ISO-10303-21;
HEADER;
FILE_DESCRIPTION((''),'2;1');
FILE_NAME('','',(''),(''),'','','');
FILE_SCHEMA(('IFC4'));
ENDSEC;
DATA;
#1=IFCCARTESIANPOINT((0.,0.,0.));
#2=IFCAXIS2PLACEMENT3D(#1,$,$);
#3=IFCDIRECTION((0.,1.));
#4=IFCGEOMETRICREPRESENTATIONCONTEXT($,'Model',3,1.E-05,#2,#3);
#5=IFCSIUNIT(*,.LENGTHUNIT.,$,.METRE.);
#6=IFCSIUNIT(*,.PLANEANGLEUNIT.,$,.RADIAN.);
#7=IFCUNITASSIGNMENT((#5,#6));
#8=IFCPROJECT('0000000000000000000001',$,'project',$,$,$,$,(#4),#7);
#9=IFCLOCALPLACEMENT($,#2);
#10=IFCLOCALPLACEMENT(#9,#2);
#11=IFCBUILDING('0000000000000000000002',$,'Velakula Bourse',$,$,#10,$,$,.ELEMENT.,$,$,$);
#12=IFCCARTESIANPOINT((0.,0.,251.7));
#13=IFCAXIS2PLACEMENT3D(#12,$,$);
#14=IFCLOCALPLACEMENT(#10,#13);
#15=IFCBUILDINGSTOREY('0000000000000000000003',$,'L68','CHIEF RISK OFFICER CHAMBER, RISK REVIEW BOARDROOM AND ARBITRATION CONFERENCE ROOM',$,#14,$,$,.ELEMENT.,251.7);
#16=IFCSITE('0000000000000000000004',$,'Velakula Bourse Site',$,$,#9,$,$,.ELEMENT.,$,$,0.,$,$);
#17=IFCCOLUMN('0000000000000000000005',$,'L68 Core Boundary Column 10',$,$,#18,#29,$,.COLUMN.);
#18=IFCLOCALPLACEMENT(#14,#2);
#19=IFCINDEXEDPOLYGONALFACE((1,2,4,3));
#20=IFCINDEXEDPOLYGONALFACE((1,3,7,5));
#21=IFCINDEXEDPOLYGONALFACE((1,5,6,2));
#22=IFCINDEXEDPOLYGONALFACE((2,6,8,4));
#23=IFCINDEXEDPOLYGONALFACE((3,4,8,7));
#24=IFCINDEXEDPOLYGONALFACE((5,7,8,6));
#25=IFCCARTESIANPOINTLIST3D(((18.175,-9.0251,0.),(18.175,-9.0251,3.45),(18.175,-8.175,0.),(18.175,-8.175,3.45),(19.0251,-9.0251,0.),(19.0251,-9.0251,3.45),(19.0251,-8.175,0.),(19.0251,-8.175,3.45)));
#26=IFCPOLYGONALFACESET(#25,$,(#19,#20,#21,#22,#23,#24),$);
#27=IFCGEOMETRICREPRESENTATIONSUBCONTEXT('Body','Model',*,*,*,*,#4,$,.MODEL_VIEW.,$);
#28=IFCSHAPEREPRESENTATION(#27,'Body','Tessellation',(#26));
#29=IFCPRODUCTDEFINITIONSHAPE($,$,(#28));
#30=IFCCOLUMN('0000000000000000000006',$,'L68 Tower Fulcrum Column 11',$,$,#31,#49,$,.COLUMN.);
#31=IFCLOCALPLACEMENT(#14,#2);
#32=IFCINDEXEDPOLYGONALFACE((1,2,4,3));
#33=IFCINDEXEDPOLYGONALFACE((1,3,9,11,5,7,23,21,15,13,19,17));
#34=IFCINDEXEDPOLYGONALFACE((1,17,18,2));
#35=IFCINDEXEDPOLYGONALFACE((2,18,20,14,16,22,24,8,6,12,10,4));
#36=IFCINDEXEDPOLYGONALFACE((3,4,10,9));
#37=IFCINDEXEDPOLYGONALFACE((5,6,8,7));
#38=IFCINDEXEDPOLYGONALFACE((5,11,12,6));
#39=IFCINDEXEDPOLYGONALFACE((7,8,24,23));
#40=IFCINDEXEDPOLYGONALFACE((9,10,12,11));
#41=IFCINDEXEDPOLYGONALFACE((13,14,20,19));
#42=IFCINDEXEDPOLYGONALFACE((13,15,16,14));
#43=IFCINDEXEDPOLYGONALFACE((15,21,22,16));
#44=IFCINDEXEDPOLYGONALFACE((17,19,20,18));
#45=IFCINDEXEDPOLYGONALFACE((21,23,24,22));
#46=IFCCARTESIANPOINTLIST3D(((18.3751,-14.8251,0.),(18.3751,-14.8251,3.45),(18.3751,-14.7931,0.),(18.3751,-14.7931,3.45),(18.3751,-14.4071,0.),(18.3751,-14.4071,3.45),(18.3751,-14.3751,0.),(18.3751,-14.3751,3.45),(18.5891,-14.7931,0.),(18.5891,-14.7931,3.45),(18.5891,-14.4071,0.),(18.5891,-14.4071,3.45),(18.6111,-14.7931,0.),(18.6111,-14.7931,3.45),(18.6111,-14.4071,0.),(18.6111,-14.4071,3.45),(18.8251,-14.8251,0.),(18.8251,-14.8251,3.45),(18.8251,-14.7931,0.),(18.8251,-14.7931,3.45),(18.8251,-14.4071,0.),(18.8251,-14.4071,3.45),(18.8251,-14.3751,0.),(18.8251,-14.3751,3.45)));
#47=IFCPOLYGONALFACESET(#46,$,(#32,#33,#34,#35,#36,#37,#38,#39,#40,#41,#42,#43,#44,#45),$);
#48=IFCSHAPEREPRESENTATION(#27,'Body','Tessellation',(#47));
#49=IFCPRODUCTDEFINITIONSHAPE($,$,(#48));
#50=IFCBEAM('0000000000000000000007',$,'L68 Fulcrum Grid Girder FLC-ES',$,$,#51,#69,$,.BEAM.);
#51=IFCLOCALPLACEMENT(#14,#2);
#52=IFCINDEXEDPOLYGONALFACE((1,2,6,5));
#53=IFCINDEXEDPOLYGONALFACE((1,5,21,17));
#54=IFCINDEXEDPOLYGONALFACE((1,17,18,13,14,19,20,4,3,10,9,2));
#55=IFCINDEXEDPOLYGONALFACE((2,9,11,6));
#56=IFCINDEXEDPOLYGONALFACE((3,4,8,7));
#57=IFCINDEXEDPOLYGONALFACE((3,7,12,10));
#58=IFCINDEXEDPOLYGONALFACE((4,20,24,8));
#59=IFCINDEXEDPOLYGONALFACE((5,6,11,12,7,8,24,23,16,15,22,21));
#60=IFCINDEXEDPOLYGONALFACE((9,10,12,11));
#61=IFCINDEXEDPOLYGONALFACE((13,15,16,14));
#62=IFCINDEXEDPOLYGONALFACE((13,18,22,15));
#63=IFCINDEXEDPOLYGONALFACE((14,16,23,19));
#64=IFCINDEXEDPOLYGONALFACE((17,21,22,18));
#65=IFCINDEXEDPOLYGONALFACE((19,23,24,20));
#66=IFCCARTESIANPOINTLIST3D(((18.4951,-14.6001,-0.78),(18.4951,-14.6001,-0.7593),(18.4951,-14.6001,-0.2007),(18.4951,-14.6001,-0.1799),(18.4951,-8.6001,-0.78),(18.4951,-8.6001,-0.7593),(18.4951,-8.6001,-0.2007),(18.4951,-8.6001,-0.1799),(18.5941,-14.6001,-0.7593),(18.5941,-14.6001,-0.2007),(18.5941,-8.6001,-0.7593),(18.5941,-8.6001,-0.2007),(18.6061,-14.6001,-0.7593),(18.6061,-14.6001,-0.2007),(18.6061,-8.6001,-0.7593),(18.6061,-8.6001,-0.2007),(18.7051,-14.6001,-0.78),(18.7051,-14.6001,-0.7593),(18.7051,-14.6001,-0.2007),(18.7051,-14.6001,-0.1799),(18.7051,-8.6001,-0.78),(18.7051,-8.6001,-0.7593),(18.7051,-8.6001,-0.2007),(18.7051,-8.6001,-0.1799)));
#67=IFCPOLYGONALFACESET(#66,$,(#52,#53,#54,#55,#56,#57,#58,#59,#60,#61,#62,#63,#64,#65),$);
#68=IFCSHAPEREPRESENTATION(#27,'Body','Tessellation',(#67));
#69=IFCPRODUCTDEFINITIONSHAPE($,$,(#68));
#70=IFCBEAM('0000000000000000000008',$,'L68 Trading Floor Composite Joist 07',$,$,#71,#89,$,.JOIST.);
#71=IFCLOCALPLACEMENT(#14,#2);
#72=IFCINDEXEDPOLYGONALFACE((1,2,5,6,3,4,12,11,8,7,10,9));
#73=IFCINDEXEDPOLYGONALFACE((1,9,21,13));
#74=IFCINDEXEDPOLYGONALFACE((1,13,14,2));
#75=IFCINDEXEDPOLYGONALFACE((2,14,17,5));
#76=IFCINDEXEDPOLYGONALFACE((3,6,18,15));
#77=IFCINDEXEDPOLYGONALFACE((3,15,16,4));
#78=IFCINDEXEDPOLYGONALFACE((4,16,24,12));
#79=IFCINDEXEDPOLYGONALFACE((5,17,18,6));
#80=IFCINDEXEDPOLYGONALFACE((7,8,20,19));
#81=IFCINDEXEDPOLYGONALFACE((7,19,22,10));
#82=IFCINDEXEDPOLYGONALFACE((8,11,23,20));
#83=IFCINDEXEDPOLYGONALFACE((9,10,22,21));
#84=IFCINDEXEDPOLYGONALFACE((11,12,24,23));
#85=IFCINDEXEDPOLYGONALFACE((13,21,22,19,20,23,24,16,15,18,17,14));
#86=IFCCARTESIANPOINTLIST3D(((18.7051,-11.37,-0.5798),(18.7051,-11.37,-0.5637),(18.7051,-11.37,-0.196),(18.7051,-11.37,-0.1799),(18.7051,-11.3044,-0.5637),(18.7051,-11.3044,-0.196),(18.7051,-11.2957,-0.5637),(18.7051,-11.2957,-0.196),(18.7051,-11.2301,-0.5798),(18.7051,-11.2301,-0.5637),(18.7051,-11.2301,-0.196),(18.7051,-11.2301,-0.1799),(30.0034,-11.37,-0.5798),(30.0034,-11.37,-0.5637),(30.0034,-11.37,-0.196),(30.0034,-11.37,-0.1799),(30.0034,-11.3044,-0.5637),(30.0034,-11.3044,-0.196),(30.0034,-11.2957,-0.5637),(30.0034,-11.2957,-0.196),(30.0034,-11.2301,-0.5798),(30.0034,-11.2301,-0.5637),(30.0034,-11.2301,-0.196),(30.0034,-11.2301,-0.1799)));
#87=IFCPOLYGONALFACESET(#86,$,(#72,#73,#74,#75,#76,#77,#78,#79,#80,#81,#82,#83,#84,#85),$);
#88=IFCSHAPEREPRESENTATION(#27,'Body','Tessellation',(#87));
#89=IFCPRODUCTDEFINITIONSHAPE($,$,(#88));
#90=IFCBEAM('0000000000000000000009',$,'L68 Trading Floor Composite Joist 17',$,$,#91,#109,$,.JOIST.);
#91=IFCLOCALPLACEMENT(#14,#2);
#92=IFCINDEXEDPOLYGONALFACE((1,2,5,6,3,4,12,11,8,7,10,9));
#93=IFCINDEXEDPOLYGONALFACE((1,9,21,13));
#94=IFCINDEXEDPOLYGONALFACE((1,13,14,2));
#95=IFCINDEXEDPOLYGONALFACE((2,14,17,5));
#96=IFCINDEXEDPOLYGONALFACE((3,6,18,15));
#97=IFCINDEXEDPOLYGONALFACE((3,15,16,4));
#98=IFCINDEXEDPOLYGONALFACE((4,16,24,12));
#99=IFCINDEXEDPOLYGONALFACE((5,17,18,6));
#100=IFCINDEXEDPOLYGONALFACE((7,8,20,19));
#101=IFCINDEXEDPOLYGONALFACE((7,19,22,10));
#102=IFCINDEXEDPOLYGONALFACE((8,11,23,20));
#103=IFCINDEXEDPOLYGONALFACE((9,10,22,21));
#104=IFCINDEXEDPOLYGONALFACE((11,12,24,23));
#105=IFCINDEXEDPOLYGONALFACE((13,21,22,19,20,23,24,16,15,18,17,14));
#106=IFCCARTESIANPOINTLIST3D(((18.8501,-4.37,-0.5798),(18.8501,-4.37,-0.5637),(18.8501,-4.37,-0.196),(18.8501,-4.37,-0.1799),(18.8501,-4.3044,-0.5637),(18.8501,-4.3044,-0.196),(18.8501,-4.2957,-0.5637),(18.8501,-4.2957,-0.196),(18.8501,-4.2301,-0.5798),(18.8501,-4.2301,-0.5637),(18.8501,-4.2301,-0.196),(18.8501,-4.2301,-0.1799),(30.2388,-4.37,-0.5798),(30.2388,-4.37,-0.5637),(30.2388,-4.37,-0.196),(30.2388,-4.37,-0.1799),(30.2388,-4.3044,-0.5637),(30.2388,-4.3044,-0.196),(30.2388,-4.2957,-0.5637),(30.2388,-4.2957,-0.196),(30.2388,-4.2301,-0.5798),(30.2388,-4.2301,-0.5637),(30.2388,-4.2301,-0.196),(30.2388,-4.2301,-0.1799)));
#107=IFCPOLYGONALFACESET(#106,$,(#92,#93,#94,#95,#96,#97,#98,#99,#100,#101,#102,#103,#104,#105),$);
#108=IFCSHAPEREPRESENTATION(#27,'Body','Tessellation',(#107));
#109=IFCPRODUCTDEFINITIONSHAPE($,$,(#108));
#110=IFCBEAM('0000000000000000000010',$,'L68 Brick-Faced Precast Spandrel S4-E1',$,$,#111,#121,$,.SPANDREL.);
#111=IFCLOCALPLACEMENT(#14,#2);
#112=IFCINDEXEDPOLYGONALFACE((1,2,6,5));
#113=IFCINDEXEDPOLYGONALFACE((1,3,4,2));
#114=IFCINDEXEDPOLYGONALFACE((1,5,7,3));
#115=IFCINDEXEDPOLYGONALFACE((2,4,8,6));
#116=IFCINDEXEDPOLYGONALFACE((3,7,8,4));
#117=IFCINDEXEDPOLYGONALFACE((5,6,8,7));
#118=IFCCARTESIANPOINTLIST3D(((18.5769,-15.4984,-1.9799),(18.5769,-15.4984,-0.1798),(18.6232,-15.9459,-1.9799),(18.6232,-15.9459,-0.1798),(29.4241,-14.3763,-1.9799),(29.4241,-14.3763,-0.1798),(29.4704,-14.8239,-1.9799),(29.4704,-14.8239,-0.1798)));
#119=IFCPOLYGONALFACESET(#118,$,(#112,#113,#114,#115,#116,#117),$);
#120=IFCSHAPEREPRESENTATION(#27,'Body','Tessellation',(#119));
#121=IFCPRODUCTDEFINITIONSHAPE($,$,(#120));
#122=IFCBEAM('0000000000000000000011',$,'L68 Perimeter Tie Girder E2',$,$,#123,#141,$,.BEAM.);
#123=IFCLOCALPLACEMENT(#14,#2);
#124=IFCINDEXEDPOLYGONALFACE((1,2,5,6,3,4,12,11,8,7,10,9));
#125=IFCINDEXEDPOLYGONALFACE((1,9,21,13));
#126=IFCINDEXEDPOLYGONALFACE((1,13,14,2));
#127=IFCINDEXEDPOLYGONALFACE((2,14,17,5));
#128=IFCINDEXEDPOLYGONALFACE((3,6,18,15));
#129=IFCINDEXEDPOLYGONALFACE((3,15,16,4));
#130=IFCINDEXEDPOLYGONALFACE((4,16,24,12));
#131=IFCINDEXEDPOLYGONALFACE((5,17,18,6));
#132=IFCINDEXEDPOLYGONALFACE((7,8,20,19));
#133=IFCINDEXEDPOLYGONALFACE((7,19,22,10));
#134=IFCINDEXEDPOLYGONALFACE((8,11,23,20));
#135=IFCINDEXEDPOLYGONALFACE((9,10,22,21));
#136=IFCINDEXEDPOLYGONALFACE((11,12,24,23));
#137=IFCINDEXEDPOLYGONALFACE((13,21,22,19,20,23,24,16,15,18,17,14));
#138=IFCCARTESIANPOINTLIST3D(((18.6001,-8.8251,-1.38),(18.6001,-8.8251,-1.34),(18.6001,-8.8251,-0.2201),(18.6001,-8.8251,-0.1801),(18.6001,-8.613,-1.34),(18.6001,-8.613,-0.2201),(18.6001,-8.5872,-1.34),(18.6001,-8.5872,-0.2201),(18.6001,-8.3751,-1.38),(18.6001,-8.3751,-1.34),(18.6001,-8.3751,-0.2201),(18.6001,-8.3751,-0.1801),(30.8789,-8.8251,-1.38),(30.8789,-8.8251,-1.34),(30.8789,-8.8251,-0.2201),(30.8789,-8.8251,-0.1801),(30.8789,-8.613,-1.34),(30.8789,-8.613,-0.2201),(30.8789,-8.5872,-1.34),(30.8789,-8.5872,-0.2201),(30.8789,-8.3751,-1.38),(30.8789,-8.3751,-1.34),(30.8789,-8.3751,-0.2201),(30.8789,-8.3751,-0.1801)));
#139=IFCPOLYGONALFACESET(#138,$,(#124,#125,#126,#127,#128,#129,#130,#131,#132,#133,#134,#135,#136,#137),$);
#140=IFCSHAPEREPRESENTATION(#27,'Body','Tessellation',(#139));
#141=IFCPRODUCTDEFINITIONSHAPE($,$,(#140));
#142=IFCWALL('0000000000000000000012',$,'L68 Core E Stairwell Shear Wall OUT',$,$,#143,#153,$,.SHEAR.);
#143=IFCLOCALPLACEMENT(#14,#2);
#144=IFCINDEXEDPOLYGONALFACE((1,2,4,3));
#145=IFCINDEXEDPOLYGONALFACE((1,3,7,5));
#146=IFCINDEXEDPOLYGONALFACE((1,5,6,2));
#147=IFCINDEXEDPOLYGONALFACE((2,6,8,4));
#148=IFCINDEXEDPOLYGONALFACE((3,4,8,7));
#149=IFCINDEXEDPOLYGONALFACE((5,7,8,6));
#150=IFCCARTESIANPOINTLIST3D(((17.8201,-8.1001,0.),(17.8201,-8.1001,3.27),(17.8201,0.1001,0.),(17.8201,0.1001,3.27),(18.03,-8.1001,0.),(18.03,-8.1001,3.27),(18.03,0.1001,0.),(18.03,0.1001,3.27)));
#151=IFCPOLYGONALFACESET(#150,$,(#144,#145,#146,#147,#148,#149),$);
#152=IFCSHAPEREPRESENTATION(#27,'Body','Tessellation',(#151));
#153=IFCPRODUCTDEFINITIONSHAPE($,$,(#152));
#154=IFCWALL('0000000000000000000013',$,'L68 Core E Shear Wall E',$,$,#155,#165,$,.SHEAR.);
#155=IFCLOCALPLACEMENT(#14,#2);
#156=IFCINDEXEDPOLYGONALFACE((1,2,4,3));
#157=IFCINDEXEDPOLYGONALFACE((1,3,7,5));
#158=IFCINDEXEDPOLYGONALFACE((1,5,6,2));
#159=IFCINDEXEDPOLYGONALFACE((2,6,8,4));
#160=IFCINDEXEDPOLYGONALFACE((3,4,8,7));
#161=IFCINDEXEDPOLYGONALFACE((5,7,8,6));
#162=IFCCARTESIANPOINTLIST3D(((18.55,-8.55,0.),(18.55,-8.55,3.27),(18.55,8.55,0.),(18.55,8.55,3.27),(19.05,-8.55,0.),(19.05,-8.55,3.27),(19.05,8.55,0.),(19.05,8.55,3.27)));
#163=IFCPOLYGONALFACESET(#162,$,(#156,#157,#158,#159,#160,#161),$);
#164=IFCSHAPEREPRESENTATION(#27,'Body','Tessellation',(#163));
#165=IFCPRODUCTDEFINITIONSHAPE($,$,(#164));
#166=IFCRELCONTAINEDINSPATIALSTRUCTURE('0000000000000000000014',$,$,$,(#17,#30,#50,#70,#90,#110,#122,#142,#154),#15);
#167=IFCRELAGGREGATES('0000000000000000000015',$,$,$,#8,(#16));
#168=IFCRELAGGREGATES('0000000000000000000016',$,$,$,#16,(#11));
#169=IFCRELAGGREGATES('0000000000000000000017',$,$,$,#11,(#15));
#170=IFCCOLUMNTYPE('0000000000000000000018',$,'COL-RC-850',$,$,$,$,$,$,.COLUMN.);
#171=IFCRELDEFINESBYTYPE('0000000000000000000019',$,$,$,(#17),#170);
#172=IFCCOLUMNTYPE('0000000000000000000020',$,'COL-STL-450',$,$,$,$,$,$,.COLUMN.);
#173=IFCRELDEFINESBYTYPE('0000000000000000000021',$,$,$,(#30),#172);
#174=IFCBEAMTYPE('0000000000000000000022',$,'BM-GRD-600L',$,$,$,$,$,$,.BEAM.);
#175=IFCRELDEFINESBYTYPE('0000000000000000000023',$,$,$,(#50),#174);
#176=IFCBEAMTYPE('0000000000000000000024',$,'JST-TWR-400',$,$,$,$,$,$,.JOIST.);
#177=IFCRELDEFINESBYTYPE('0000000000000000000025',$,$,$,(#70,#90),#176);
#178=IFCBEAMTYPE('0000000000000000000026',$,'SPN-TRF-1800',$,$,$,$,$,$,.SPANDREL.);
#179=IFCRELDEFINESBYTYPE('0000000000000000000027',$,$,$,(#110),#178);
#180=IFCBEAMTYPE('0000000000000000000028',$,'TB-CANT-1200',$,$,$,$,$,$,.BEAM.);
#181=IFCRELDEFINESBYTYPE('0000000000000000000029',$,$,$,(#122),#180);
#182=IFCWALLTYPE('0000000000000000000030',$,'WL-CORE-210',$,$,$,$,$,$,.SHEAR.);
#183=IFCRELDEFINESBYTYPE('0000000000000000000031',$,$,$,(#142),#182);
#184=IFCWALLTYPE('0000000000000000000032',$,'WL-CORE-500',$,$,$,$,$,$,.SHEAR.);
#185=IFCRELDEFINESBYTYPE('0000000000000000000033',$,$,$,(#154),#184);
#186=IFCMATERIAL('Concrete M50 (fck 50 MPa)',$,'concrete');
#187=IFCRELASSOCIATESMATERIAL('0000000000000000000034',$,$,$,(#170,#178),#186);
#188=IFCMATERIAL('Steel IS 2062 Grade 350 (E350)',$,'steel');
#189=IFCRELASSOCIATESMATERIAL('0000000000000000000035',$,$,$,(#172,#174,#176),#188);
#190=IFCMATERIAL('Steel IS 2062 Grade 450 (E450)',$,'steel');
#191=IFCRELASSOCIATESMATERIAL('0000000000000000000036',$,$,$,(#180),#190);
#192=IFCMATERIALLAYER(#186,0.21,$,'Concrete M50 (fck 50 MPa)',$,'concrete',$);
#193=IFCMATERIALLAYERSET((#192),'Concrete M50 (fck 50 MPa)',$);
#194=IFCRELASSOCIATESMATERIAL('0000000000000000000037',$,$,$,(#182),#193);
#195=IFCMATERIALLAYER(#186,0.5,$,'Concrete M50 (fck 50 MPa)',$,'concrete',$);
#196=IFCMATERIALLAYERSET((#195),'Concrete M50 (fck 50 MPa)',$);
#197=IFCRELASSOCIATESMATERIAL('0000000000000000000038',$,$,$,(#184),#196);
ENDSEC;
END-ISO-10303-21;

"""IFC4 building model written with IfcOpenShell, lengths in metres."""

from ifc_helpers import new_model, si_unit, direction, frame, frame_2d, origin, origin_2d, place, context, subcontext, project, spatial, rectangle, i_section, extrude, material, layer, layer_set, material_profile, profile_set, type_object, element, save


model = new_model("IFC4")

# Units and contexts
model_context = context("Model", 3, precision=1e-05, world=origin(), true_north=direction((0.0, 1.0)))
body_context = subcontext(model_context, "Body", "Model", "MODEL_VIEW")
ifc_project = project(units=[si_unit("LENGTHUNIT", "METRE"), si_unit("PLANEANGLEUNIT", "RADIAN")], contexts=[model_context])

# Site, building, storey
site_placement = place(None, origin())
site = spatial("IfcSite", under=ifc_project, at=site_placement, Name="Velakula Bourse Site", CompositionType="ELEMENT", RefElevation=0.0)
building_placement = place(site_placement, origin())
building = spatial("IfcBuilding", under=site, at=building_placement, Name="Velakula Bourse", CompositionType="ELEMENT")
storey_placement = place(building_placement, frame((0.0, 0.0, 251.7)))
storey = spatial("IfcBuildingStorey", under=building, at=storey_placement, Name="L68", Description="CHIEF RISK OFFICER CHAMBER, RISK REVIEW BOARDROOM AND ARBITRATION CONFERENCE ROOM", CompositionType="ELEMENT", Elevation=251.7)

# Columns
ifc_material_1 = material(Name="Concrete M50 (fck 50 MPa)", Category="concrete")
ifc_material_profile_1 = material_profile(ifc_material_1, rectangle(XDim=0.8501, YDim=0.8501, at=origin_2d()), Name="Concrete M50 (fck 50 MPa)")
ifc_profile_set_1 = profile_set([ifc_material_profile_1], Name="Concrete M50 (fck 50 MPa)")
column_type_1 = type_object("IfcColumnType", Name="COL-RC-850", PredefinedType="COLUMN", material=ifc_profile_set_1)
column_1_placement = place(storey_placement, frame((18.6001, -8.6001, 0.0), z_axis=(0.0, 0.0, 1.0), x_axis=(1.0, 0.0, 0.0)))
element("IfcColumn", 1, at=column_1_placement, inside=storey, type_object=column_type_1, Name="L68 Core Boundary Column 10", PredefinedType="COLUMN", context=body_context, shape_type="SweptSolid", body=[
    extrude(rectangle(XDim=0.8501, YDim=0.8501, at=origin_2d()), origin(), (0.0, 0.0, 1.0), 3.45),
])
ifc_material_2 = material(Name="Steel IS 2062 Grade 350 (E350)", Category="steel")
ifc_material_profile_2 = material_profile(ifc_material_2, i_section(OverallWidth=0.45, OverallDepth=0.45, WebThickness=0.022, FlangeThickness=0.032, at=origin_2d()), Name="Steel IS 2062 Grade 350 (E350)")
ifc_profile_set_2 = profile_set([ifc_material_profile_2], Name="Steel IS 2062 Grade 350 (E350)")
column_type_2 = type_object("IfcColumnType", Name="COL-STL-450", PredefinedType="COLUMN", material=ifc_profile_set_2)
column_2_placement = place(storey_placement, frame((18.6001, -14.6001, 0.0), z_axis=(0.0, 0.0, 1.0), x_axis=(1.0, 0.0, 0.0)))
element("IfcColumn", 2, at=column_2_placement, inside=storey, type_object=column_type_2, Name="L68 Tower Fulcrum Column 11", PredefinedType="COLUMN", context=body_context, shape_type="SweptSolid", body=[
    extrude(i_section(OverallWidth=0.45, OverallDepth=0.45, WebThickness=0.022, FlangeThickness=0.032, at=origin_2d()), origin(), (0.0, 0.0, 1.0), 3.45),
])

# Beams
ifc_material_profile_3 = material_profile(ifc_material_2, i_section(OverallWidth=0.21, OverallDepth=0.6001, WebThickness=0.012, FlangeThickness=0.0208, at=origin_2d()), Name="Steel IS 2062 Grade 350 (E350)")
ifc_profile_set_3 = profile_set([ifc_material_profile_3], Name="Steel IS 2062 Grade 350 (E350)")
beam_type_1 = type_object("IfcBeamType", Name="BM-GRD-600L", PredefinedType="BEAM", material=ifc_profile_set_3)
beam_1_placement = place(storey_placement, frame((18.6001, -14.6001, -0.48), z_axis=(0.0, 1.0, 0.0), x_axis=(-1.0, 0.0, 0.0)))
element("IfcBeam", 3, at=beam_1_placement, inside=storey, type_object=beam_type_1, Name="L68 Fulcrum Grid Girder FLC-ES", PredefinedType="BEAM", context=body_context, shape_type="SweptSolid", body=[
    extrude(i_section(OverallWidth=0.21, OverallDepth=0.6001, WebThickness=0.012, FlangeThickness=0.0208, at=origin_2d()), origin(), (0.0, 0.0, 1.0), 6.0),
])
ifc_material_profile_4 = material_profile(ifc_material_2, i_section(OverallWidth=0.1399, OverallDepth=0.3999, WebThickness=0.0088, FlangeThickness=0.0161, at=origin_2d()), Name="Steel IS 2062 Grade 350 (E350)")
ifc_profile_set_4 = profile_set([ifc_material_profile_4], Name="Steel IS 2062 Grade 350 (E350)")
beam_type_2 = type_object("IfcBeamType", Name="JST-TWR-400", PredefinedType="JOIST", material=ifc_profile_set_4)
beam_2_placement = place(storey_placement, frame((18.7051, -11.3, -0.3799), z_axis=(1.0, 0.0, 0.0), x_axis=(0.0, 1.0, 0.0)))
element("IfcBeam", 4, at=beam_2_placement, inside=storey, type_object=beam_type_2, Name="L68 Trading Floor Composite Joist 07", PredefinedType="JOIST", context=body_context, shape_type="SweptSolid", body=[
    extrude(i_section(OverallWidth=0.1399, OverallDepth=0.3999, WebThickness=0.0088, FlangeThickness=0.0161, at=origin_2d()), origin(), (0.0, 0.0, 1.0), 11.2983),
])
beam_3_placement = place(storey_placement, frame((18.8501, -4.3, -0.3799), z_axis=(1.0, 0.0, 0.0), x_axis=(0.0, 1.0, 0.0)))
element("IfcBeam", 5, at=beam_3_placement, inside=storey, type_object=beam_type_2, Name="L68 Trading Floor Composite Joist 17", PredefinedType="JOIST", context=body_context, shape_type="SweptSolid", body=[
    extrude(i_section(OverallWidth=0.1399, OverallDepth=0.3999, WebThickness=0.0088, FlangeThickness=0.0161, at=origin_2d()), origin(), (0.0, 0.0, 1.0), 11.3887),
])
ifc_material_profile_5 = material_profile(ifc_material_1, rectangle(XDim=0.45, YDim=1.8, at=origin_2d()), Name="Concrete M50 (fck 50 MPa)")
ifc_profile_set_5 = profile_set([ifc_material_profile_5], Name="Concrete M50 (fck 50 MPa)")
beam_type_3 = type_object("IfcBeamType", Name="SPN-TRF-1800", PredefinedType="SPANDREL", material=ifc_profile_set_5)
beam_4_placement = place(storey_placement, frame((18.6001, -15.7222, -1.0798), z_axis=(0.994692, 0.102895, 0.0), x_axis=(-0.102895, 0.994692, 0.0)))
element("IfcBeam", 6, at=beam_4_placement, inside=storey, type_object=beam_type_3, Name="L68 Brick-Faced Precast Spandrel S4-E1", PredefinedType="SPANDREL", context=body_context, shape_type="SweptSolid", body=[
    extrude(rectangle(XDim=0.45, YDim=1.8, at=origin_2d()), origin(), (0.0, 0.0, 1.0), 10.905),
])
ifc_material_3 = material(Name="Steel IS 2062 Grade 450 (E450)", Category="steel")
ifc_material_profile_6 = material_profile(ifc_material_3, i_section(OverallWidth=0.45, OverallDepth=1.2, WebThickness=0.0259, FlangeThickness=0.04, at=origin_2d()), Name="Steel IS 2062 Grade 450 (E450)")
ifc_profile_set_6 = profile_set([ifc_material_profile_6], Name="Steel IS 2062 Grade 450 (E450)")
beam_type_4 = type_object("IfcBeamType", Name="TB-CANT-1200", PredefinedType="BEAM", material=ifc_profile_set_6)
beam_5_placement = place(storey_placement, frame((18.6001, -8.6001, -0.78), z_axis=(1.0, 0.0, 0.0), x_axis=(0.0, 1.0, 0.0)))
element("IfcBeam", 7, at=beam_5_placement, inside=storey, type_object=beam_type_4, Name="L68 Perimeter Tie Girder E2", PredefinedType="BEAM", context=body_context, shape_type="SweptSolid", body=[
    extrude(i_section(OverallWidth=0.45, OverallDepth=1.2, WebThickness=0.0259, FlangeThickness=0.04, at=origin_2d()), origin(), (0.0, 0.0, 1.0), 12.2788),
])

# Walls
ifc_layer_1 = layer(ifc_material_1, 0.21, Name="Concrete M50 (fck 50 MPa)", Category="concrete")
ifc_layer_set_1 = layer_set([ifc_layer_1], Name="Concrete M50 (fck 50 MPa)")
wall_type_1 = type_object("IfcWallType", Name="WL-CORE-210", PredefinedType="SHEAR", material=ifc_layer_set_1)
wall_1_placement = place(storey_placement, frame((17.925, -8.1001, 0.0), z_axis=(0.0, 0.0, 1.0), x_axis=(0.0, 1.0, 0.0)))
element("IfcWall", 8, at=wall_1_placement, inside=storey, type_object=wall_type_1, Name="L68 Core E Stairwell Shear Wall OUT", PredefinedType="SHEAR", context=body_context, shape_type="SweptSolid", body=[
    extrude(rectangle(XDim=8.2002, YDim=0.21, at=frame_2d((4.1001, 0.0))), origin(), (0.0, 0.0, 1.0), 3.27),
])
ifc_layer_2 = layer(ifc_material_1, 0.5, Name="Concrete M50 (fck 50 MPa)", Category="concrete")
ifc_layer_set_2 = layer_set([ifc_layer_2], Name="Concrete M50 (fck 50 MPa)")
wall_type_2 = type_object("IfcWallType", Name="WL-CORE-500", PredefinedType="SHEAR", material=ifc_layer_set_2)
wall_2_placement = place(storey_placement, frame((18.8, -8.55, 0.0), z_axis=(0.0, 0.0, 1.0), x_axis=(0.0, 1.0, 0.0)))
element("IfcWall", 9, at=wall_2_placement, inside=storey, type_object=wall_type_2, Name="L68 Core E Shear Wall E", PredefinedType="SHEAR", context=body_context, shape_type="SweptSolid", body=[
    extrude(rectangle(XDim=17.1001, YDim=0.5, at=frame_2d((8.55, 0.0))), origin(), (0.0, 0.0, 1.0), 3.27),
])

save(model, "model.ifc")
